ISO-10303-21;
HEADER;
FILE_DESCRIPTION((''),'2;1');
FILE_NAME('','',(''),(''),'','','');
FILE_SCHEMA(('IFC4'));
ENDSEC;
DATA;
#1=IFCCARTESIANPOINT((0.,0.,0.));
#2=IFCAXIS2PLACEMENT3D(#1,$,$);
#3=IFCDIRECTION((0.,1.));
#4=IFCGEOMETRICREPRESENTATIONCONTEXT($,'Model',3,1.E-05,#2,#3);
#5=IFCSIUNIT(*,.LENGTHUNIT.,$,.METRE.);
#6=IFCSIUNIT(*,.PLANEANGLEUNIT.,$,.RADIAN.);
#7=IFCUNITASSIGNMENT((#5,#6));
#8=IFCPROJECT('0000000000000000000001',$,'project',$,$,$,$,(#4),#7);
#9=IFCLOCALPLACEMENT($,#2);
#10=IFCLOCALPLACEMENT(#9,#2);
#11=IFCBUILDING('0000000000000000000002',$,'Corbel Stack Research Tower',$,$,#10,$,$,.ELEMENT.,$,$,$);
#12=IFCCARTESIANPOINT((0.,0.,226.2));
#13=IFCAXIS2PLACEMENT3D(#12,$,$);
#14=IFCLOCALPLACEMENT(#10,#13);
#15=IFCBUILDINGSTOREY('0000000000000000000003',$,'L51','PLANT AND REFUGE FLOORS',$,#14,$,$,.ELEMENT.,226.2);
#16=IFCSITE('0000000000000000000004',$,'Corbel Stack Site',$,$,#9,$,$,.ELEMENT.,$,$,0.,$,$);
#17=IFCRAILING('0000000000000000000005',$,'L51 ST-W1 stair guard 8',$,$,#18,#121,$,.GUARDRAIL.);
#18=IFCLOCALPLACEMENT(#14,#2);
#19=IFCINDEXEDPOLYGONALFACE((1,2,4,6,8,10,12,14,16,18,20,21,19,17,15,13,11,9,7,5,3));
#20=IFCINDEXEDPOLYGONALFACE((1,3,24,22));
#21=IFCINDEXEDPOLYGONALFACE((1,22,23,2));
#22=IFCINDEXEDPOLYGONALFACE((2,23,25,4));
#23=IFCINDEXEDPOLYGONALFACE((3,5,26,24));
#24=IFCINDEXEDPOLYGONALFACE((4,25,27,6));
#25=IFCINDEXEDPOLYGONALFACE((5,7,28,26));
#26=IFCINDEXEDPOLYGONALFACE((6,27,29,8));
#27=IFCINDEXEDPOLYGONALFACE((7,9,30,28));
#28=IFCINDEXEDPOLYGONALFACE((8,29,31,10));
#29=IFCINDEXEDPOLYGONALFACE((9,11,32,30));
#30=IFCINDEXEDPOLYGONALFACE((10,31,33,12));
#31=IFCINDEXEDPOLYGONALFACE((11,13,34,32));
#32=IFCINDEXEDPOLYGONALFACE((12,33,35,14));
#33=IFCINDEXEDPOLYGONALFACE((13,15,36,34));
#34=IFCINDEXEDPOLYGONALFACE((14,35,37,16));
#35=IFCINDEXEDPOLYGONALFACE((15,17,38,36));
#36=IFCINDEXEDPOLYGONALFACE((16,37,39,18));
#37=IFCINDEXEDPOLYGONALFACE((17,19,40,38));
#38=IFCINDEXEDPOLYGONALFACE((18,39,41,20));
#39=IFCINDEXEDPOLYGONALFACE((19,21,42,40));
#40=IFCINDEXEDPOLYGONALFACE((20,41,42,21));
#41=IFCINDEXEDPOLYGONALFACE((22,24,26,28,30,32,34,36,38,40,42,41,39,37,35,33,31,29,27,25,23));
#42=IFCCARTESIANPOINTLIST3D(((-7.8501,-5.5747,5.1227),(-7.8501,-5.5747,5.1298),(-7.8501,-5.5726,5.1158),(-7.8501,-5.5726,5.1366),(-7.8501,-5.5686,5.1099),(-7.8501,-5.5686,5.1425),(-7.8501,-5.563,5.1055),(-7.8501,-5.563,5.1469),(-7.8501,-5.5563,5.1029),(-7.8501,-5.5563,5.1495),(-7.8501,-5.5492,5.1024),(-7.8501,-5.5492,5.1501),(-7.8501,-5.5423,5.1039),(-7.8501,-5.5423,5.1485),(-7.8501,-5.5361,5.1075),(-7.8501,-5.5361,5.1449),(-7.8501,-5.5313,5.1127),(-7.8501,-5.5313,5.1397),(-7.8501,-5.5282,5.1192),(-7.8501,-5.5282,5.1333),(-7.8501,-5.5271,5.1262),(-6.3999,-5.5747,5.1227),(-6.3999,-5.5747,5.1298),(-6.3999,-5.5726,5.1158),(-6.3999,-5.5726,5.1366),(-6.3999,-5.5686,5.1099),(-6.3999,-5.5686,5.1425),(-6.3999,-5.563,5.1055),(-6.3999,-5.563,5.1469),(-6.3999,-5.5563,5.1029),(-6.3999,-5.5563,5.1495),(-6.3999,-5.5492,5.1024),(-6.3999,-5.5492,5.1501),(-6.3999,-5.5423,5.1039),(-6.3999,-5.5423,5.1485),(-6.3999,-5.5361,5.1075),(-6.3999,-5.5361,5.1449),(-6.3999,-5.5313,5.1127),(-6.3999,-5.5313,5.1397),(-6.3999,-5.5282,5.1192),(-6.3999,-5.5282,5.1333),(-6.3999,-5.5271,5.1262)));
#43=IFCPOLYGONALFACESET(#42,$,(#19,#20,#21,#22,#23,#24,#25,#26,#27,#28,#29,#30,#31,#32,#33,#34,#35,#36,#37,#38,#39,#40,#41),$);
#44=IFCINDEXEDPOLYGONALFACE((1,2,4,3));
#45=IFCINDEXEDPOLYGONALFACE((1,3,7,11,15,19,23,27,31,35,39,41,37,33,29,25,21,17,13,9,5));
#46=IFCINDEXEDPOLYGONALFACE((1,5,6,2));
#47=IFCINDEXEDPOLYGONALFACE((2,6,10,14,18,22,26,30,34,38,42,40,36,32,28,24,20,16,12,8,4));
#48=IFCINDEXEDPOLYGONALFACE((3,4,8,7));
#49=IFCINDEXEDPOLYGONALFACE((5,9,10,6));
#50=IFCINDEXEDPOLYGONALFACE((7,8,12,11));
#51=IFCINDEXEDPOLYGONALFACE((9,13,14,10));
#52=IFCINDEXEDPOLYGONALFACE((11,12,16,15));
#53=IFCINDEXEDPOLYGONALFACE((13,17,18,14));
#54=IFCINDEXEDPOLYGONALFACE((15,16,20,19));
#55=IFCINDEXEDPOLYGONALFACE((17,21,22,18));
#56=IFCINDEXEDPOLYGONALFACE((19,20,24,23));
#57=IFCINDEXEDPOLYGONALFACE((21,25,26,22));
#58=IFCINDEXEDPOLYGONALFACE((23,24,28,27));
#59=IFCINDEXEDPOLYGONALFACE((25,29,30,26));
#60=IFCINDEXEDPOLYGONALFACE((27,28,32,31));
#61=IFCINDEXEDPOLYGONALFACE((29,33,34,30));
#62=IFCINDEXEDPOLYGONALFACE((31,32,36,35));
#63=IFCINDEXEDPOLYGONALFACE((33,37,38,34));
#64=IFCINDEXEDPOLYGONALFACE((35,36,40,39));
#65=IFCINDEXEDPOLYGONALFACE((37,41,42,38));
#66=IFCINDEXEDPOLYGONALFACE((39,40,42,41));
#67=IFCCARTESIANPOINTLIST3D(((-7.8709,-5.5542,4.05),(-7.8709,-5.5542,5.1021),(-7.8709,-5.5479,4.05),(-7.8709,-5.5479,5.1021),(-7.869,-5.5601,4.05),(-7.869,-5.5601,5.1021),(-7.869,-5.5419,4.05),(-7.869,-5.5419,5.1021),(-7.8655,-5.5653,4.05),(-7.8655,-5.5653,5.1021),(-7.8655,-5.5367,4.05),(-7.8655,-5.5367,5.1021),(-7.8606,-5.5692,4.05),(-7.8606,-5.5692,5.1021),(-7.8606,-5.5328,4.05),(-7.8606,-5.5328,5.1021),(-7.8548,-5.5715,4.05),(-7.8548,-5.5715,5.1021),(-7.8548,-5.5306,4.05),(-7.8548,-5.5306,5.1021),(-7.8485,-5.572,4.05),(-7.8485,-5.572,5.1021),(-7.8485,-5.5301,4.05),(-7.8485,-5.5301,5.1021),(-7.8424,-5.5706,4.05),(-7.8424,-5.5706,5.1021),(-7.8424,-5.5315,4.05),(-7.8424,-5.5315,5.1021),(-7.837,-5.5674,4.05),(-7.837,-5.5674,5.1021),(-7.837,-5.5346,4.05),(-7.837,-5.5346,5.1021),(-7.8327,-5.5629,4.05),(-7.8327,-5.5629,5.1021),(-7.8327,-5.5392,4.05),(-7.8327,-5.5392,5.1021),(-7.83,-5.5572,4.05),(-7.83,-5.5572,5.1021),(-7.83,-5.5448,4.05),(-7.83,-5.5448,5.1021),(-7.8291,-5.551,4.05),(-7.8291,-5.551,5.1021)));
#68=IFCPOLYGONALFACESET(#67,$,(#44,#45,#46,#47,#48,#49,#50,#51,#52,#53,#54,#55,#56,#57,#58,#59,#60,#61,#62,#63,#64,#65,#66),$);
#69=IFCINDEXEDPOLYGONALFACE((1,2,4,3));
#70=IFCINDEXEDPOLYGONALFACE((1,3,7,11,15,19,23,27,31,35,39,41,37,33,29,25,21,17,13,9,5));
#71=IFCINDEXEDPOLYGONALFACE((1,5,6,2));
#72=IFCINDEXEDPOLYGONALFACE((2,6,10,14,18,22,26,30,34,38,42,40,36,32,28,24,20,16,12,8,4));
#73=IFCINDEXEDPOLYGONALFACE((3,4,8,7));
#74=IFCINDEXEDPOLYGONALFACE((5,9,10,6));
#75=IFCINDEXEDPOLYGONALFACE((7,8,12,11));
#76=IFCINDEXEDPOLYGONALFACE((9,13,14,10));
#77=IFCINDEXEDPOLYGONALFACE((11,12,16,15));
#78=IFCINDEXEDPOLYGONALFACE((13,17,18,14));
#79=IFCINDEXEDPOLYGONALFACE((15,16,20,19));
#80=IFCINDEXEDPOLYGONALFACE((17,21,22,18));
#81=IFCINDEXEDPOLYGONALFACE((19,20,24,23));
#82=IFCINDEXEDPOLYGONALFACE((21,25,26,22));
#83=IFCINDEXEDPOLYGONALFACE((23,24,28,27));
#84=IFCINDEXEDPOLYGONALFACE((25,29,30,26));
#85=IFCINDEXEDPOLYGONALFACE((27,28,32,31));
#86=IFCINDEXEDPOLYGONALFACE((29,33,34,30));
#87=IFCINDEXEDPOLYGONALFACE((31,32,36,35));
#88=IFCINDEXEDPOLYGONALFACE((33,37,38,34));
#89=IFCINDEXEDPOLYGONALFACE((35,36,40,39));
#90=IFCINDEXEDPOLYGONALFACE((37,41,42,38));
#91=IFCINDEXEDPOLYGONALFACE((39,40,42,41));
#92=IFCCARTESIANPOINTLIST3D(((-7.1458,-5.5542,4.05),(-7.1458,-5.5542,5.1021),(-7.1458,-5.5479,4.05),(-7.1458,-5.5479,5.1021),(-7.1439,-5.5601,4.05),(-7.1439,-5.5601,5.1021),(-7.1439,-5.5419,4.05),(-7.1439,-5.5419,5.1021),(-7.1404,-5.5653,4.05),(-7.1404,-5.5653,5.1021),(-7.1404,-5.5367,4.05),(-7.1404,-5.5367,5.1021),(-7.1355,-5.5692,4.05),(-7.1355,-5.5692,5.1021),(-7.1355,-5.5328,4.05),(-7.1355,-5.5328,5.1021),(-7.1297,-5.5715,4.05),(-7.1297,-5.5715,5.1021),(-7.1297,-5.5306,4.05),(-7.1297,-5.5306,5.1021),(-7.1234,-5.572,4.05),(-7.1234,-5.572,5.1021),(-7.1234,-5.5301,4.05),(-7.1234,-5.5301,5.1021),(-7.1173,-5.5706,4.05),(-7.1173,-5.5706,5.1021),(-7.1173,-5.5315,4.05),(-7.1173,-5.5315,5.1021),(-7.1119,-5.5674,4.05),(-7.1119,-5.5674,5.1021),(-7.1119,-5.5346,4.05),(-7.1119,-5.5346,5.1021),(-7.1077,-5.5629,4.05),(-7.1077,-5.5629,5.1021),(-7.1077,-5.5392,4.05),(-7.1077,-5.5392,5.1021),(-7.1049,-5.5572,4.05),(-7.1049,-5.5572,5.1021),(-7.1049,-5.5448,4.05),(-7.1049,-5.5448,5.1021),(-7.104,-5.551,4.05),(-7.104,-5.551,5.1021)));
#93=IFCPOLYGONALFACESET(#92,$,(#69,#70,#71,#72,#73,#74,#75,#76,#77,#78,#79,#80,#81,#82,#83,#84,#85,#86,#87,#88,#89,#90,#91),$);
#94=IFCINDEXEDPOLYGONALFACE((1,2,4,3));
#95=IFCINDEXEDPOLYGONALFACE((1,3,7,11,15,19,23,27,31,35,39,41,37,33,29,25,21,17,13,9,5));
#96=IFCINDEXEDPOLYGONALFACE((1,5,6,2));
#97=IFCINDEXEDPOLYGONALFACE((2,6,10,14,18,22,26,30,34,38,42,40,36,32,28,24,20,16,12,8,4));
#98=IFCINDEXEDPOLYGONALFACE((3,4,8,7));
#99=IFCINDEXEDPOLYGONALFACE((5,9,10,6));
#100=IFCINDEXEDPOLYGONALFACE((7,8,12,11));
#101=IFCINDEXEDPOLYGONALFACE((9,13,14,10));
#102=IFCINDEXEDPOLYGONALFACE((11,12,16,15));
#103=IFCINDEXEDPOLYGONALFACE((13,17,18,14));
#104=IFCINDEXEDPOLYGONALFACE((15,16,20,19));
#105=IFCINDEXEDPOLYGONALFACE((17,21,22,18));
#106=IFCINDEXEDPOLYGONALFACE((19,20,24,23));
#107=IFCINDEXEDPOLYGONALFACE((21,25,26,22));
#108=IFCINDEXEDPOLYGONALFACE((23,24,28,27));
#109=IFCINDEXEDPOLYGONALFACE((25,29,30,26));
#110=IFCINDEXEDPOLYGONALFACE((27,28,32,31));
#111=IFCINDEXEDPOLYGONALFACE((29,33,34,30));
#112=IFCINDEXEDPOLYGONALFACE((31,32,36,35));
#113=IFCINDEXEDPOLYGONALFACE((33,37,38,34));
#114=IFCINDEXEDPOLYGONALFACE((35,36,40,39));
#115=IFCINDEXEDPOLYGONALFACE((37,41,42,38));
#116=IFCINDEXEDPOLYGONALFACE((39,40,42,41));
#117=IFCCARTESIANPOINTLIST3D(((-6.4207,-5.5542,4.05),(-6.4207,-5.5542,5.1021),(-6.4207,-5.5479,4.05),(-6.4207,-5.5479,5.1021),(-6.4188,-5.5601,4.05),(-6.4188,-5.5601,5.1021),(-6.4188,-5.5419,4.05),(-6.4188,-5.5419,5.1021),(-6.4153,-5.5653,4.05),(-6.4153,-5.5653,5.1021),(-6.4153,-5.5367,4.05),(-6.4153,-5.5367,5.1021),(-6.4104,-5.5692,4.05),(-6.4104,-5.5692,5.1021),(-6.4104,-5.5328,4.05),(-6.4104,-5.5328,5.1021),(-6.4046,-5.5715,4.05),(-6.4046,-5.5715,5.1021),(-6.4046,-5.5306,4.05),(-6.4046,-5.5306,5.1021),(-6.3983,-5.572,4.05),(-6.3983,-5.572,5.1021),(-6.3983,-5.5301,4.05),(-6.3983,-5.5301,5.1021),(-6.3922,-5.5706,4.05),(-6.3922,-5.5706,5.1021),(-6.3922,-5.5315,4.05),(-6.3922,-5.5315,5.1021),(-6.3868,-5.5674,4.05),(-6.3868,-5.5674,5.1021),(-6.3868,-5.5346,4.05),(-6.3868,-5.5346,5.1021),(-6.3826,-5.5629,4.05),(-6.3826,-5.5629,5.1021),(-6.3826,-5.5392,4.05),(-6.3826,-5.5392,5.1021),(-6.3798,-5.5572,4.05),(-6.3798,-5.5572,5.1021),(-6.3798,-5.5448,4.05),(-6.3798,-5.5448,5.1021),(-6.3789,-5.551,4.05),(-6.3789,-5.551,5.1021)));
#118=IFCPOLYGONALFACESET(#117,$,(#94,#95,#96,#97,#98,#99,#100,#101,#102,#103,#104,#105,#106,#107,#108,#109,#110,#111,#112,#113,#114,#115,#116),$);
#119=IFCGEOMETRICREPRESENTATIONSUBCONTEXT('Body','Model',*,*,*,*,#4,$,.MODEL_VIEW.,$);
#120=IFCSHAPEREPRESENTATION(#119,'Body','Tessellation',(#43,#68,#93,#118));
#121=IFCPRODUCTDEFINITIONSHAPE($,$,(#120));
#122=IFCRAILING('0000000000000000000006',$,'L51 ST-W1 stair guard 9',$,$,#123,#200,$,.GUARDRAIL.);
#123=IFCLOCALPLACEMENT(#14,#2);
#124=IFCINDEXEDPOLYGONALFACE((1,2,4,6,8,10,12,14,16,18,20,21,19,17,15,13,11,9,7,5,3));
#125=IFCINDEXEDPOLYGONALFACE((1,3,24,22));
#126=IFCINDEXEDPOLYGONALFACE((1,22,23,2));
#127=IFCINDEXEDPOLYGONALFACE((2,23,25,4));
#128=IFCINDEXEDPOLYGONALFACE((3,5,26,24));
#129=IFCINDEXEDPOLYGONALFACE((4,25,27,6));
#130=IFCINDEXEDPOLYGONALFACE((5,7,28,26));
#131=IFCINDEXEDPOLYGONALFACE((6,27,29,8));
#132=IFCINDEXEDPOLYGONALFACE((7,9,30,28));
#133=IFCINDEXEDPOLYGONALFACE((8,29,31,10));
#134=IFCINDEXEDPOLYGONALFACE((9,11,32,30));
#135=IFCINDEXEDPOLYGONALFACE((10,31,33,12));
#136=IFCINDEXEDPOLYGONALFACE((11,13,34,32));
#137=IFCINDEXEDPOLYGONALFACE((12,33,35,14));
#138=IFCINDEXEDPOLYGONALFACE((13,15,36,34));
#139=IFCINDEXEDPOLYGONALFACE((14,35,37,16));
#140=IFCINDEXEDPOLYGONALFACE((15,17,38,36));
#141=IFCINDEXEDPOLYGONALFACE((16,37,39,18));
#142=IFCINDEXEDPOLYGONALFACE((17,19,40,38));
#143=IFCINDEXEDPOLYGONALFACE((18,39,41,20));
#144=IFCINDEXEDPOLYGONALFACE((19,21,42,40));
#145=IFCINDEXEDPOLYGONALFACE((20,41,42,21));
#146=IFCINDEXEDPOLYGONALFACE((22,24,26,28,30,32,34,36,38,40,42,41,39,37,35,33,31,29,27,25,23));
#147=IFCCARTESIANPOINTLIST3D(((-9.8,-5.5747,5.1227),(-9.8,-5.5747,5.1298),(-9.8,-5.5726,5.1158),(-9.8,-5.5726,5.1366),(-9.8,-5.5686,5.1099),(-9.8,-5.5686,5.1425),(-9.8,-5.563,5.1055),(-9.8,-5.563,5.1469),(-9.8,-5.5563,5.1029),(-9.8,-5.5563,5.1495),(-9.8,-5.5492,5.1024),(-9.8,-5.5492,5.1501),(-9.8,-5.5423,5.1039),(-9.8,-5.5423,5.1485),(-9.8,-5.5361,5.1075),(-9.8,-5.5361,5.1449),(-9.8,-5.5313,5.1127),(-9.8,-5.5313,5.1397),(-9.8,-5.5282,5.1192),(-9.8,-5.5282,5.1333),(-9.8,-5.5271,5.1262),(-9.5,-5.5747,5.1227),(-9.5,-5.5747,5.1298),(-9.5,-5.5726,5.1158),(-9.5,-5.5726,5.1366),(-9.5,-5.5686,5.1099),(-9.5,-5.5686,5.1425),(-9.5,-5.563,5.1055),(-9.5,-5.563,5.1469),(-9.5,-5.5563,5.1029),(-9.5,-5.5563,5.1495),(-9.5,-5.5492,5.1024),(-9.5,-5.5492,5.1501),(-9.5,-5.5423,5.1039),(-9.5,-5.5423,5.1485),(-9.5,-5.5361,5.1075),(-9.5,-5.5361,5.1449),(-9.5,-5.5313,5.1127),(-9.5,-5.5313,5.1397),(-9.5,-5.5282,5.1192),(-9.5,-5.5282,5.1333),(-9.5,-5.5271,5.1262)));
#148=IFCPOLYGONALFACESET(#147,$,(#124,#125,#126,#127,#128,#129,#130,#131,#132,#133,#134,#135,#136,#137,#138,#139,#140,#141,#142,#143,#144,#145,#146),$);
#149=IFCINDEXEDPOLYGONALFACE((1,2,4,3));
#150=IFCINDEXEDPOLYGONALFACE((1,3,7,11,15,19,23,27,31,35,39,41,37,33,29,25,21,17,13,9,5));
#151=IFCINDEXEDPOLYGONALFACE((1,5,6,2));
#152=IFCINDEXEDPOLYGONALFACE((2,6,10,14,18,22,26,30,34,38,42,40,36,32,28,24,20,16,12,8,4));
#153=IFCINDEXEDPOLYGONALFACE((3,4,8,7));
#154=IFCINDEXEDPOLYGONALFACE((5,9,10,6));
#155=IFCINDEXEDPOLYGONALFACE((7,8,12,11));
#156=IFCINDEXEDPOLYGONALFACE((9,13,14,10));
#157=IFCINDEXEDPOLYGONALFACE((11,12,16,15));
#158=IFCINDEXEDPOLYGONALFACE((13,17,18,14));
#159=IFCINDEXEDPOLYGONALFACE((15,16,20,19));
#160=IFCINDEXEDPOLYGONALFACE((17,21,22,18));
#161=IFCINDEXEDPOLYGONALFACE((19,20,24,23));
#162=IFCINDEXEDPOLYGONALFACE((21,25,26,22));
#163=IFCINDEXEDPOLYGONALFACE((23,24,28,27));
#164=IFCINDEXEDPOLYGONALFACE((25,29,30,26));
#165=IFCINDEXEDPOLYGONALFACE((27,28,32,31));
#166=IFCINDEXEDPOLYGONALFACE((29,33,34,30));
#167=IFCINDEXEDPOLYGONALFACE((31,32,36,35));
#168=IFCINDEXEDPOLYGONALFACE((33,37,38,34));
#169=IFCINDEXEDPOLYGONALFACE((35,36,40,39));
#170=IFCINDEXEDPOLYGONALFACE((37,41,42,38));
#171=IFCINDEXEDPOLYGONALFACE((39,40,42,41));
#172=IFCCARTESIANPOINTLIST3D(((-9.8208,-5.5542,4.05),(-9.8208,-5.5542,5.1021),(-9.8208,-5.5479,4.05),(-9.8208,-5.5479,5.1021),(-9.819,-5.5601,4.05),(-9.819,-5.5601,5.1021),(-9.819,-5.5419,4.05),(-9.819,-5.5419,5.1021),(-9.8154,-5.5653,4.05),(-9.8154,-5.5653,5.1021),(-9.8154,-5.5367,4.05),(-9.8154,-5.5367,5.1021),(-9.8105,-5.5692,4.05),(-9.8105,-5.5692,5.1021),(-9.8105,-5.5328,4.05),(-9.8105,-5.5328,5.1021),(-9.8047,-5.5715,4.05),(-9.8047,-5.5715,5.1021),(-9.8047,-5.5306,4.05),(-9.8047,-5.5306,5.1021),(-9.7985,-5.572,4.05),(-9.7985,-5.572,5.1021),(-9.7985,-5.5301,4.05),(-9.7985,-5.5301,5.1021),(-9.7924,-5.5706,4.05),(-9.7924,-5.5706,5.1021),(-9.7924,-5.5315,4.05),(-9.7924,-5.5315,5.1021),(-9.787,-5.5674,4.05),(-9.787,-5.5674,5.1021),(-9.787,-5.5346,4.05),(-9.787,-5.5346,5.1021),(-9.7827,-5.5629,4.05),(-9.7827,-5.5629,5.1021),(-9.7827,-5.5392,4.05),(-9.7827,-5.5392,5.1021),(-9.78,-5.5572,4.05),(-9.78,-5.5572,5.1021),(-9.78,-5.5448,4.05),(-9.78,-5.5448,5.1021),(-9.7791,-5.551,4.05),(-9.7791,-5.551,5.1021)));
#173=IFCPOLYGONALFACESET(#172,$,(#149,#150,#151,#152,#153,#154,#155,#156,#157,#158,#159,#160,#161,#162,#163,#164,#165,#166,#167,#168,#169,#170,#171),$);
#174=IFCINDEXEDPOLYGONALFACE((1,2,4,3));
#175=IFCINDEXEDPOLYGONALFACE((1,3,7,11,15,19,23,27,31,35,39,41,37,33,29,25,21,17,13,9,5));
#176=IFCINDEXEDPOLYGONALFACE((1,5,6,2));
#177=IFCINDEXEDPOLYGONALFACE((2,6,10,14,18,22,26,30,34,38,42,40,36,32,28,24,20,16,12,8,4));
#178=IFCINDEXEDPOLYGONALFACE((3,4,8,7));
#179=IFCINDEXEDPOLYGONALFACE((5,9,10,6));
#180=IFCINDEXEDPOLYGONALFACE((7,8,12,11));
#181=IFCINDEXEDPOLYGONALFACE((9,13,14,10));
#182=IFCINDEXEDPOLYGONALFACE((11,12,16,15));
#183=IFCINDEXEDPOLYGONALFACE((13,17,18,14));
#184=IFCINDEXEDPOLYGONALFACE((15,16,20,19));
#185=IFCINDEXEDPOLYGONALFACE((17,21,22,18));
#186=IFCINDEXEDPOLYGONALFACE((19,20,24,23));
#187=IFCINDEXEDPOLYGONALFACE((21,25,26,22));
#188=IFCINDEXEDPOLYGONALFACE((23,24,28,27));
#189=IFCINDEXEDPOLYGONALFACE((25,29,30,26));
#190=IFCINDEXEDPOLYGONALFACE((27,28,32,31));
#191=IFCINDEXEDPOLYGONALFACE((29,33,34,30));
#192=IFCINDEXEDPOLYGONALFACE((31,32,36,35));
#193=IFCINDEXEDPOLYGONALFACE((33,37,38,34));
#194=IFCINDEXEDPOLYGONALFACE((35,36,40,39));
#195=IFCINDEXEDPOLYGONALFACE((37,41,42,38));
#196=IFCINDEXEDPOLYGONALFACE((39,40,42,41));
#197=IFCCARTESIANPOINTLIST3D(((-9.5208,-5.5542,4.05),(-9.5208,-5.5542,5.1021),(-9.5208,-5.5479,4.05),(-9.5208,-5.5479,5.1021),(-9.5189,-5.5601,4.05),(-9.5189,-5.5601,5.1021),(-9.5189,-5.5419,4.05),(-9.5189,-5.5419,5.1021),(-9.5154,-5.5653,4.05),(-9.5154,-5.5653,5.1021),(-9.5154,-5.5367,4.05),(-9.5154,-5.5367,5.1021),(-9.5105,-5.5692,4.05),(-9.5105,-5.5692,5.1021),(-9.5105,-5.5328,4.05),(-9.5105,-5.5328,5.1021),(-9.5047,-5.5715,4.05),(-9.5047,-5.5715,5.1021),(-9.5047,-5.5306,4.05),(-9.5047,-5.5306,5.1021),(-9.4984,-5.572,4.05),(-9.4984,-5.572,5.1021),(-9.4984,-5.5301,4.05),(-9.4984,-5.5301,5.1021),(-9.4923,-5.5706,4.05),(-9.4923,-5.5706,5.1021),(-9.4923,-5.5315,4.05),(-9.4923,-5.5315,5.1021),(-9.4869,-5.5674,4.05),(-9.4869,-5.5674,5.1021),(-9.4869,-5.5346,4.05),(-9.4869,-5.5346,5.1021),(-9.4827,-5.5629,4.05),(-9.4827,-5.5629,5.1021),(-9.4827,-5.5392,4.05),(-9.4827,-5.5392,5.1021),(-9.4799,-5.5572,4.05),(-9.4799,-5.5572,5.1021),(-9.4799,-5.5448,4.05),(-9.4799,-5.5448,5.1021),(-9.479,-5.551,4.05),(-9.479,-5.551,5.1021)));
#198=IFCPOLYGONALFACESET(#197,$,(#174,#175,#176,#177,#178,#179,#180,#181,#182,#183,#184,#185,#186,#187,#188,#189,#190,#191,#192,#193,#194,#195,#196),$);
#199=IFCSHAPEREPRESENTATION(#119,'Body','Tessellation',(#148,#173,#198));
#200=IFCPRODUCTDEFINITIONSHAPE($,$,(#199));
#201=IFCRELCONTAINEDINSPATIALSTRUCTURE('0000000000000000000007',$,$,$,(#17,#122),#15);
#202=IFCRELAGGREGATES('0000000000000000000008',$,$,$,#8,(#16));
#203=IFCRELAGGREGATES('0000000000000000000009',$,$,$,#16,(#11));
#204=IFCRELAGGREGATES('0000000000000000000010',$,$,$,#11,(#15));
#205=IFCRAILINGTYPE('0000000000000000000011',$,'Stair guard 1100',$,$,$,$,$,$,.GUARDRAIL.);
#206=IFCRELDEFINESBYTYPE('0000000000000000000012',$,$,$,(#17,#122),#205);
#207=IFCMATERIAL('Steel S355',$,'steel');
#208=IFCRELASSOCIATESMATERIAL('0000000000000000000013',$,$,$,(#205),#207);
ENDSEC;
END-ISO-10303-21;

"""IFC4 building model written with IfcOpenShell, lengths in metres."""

from ifc_helpers import new_model, si_unit, direction, frame, origin, origin_2d, place, context, subcontext, project, spatial, circle, extrude, material, type_object, element, save


model = new_model("IFC4")

# Units and contexts
model_context = context("Model", 3, precision=1e-05, world=origin(), true_north=direction((0.0, 1.0)))
body_context = subcontext(model_context, "Body", "Model", "MODEL_VIEW")
ifc_project = project(units=[si_unit("LENGTHUNIT", "METRE"), si_unit("PLANEANGLEUNIT", "RADIAN")], contexts=[model_context])

# Site, building, storey
site_placement = place(None, origin())
site = spatial("IfcSite", under=ifc_project, at=site_placement, Name="Corbel Stack Site", CompositionType="ELEMENT", RefElevation=0.0)
building_placement = place(site_placement, origin())
building = spatial("IfcBuilding", under=site, at=building_placement, Name="Corbel Stack Research Tower", CompositionType="ELEMENT")
storey_placement = place(building_placement, frame((0.0, 0.0, 226.2)))
storey = spatial("IfcBuildingStorey", under=building, at=storey_placement, Name="L51", Description="PLANT AND REFUGE FLOORS", CompositionType="ELEMENT", Elevation=226.2)

# Railings
ifc_material_1 = material(Name="Steel S355", Category="steel")
railing_type_1 = type_object("IfcRailingType", Name="Stair guard 1100", PredefinedType="GUARDRAIL", material=ifc_material_1)
railing_1_placement = place(storey_placement, frame((-7.8501, -5.551, 4.05)))
element("IfcRailing", 1, at=railing_1_placement, inside=storey, type_object=railing_type_1, Name="L51 ST-W1 stair guard 8", PredefinedType="GUARDRAIL", context=body_context, shape_type="SweptSolid", body=[
    extrude(circle(Radius=0.0239, at=origin_2d()), frame((0.0, 0.0, 1.0762), z_axis=(1.0, 0.0, 0.0), x_axis=(0.0, 1.0, 0.0)), (0.0, 0.0, 1.0), 1.4502),
    extrude(circle(Radius=0.021, at=origin_2d()), origin(), (0.0, 0.0, 1.0), 1.052),
    extrude(circle(Radius=0.021, at=origin_2d()), frame((0.7251, 0.0, 0.0)), (0.0, 0.0, 1.0), 1.052),
    extrude(circle(Radius=0.021, at=origin_2d()), frame((1.4502, 0.0, 0.0)), (0.0, 0.0, 1.0), 1.052),
])
railing_2_placement = place(storey_placement, frame((-9.8, -5.551, 4.05)))
element("IfcRailing", 2, at=railing_2_placement, inside=storey, type_object=railing_type_1, Name="L51 ST-W1 stair guard 9", PredefinedType="GUARDRAIL", context=body_context, shape_type="SweptSolid", body=[
    extrude(circle(Radius=0.0239, at=origin_2d()), frame((0.0, 0.0, 1.0762), z_axis=(1.0, 0.0, 0.0), x_axis=(0.0, 1.0, 0.0)), (0.0, 0.0, 1.0), 0.3),
    extrude(circle(Radius=0.021, at=origin_2d()), origin(), (0.0, 0.0, 1.0), 1.052),
    extrude(circle(Radius=0.021, at=origin_2d()), frame((0.3, 0.0, 0.0)), (0.0, 0.0, 1.0), 1.052),
])

save(model, "model.ifc")
